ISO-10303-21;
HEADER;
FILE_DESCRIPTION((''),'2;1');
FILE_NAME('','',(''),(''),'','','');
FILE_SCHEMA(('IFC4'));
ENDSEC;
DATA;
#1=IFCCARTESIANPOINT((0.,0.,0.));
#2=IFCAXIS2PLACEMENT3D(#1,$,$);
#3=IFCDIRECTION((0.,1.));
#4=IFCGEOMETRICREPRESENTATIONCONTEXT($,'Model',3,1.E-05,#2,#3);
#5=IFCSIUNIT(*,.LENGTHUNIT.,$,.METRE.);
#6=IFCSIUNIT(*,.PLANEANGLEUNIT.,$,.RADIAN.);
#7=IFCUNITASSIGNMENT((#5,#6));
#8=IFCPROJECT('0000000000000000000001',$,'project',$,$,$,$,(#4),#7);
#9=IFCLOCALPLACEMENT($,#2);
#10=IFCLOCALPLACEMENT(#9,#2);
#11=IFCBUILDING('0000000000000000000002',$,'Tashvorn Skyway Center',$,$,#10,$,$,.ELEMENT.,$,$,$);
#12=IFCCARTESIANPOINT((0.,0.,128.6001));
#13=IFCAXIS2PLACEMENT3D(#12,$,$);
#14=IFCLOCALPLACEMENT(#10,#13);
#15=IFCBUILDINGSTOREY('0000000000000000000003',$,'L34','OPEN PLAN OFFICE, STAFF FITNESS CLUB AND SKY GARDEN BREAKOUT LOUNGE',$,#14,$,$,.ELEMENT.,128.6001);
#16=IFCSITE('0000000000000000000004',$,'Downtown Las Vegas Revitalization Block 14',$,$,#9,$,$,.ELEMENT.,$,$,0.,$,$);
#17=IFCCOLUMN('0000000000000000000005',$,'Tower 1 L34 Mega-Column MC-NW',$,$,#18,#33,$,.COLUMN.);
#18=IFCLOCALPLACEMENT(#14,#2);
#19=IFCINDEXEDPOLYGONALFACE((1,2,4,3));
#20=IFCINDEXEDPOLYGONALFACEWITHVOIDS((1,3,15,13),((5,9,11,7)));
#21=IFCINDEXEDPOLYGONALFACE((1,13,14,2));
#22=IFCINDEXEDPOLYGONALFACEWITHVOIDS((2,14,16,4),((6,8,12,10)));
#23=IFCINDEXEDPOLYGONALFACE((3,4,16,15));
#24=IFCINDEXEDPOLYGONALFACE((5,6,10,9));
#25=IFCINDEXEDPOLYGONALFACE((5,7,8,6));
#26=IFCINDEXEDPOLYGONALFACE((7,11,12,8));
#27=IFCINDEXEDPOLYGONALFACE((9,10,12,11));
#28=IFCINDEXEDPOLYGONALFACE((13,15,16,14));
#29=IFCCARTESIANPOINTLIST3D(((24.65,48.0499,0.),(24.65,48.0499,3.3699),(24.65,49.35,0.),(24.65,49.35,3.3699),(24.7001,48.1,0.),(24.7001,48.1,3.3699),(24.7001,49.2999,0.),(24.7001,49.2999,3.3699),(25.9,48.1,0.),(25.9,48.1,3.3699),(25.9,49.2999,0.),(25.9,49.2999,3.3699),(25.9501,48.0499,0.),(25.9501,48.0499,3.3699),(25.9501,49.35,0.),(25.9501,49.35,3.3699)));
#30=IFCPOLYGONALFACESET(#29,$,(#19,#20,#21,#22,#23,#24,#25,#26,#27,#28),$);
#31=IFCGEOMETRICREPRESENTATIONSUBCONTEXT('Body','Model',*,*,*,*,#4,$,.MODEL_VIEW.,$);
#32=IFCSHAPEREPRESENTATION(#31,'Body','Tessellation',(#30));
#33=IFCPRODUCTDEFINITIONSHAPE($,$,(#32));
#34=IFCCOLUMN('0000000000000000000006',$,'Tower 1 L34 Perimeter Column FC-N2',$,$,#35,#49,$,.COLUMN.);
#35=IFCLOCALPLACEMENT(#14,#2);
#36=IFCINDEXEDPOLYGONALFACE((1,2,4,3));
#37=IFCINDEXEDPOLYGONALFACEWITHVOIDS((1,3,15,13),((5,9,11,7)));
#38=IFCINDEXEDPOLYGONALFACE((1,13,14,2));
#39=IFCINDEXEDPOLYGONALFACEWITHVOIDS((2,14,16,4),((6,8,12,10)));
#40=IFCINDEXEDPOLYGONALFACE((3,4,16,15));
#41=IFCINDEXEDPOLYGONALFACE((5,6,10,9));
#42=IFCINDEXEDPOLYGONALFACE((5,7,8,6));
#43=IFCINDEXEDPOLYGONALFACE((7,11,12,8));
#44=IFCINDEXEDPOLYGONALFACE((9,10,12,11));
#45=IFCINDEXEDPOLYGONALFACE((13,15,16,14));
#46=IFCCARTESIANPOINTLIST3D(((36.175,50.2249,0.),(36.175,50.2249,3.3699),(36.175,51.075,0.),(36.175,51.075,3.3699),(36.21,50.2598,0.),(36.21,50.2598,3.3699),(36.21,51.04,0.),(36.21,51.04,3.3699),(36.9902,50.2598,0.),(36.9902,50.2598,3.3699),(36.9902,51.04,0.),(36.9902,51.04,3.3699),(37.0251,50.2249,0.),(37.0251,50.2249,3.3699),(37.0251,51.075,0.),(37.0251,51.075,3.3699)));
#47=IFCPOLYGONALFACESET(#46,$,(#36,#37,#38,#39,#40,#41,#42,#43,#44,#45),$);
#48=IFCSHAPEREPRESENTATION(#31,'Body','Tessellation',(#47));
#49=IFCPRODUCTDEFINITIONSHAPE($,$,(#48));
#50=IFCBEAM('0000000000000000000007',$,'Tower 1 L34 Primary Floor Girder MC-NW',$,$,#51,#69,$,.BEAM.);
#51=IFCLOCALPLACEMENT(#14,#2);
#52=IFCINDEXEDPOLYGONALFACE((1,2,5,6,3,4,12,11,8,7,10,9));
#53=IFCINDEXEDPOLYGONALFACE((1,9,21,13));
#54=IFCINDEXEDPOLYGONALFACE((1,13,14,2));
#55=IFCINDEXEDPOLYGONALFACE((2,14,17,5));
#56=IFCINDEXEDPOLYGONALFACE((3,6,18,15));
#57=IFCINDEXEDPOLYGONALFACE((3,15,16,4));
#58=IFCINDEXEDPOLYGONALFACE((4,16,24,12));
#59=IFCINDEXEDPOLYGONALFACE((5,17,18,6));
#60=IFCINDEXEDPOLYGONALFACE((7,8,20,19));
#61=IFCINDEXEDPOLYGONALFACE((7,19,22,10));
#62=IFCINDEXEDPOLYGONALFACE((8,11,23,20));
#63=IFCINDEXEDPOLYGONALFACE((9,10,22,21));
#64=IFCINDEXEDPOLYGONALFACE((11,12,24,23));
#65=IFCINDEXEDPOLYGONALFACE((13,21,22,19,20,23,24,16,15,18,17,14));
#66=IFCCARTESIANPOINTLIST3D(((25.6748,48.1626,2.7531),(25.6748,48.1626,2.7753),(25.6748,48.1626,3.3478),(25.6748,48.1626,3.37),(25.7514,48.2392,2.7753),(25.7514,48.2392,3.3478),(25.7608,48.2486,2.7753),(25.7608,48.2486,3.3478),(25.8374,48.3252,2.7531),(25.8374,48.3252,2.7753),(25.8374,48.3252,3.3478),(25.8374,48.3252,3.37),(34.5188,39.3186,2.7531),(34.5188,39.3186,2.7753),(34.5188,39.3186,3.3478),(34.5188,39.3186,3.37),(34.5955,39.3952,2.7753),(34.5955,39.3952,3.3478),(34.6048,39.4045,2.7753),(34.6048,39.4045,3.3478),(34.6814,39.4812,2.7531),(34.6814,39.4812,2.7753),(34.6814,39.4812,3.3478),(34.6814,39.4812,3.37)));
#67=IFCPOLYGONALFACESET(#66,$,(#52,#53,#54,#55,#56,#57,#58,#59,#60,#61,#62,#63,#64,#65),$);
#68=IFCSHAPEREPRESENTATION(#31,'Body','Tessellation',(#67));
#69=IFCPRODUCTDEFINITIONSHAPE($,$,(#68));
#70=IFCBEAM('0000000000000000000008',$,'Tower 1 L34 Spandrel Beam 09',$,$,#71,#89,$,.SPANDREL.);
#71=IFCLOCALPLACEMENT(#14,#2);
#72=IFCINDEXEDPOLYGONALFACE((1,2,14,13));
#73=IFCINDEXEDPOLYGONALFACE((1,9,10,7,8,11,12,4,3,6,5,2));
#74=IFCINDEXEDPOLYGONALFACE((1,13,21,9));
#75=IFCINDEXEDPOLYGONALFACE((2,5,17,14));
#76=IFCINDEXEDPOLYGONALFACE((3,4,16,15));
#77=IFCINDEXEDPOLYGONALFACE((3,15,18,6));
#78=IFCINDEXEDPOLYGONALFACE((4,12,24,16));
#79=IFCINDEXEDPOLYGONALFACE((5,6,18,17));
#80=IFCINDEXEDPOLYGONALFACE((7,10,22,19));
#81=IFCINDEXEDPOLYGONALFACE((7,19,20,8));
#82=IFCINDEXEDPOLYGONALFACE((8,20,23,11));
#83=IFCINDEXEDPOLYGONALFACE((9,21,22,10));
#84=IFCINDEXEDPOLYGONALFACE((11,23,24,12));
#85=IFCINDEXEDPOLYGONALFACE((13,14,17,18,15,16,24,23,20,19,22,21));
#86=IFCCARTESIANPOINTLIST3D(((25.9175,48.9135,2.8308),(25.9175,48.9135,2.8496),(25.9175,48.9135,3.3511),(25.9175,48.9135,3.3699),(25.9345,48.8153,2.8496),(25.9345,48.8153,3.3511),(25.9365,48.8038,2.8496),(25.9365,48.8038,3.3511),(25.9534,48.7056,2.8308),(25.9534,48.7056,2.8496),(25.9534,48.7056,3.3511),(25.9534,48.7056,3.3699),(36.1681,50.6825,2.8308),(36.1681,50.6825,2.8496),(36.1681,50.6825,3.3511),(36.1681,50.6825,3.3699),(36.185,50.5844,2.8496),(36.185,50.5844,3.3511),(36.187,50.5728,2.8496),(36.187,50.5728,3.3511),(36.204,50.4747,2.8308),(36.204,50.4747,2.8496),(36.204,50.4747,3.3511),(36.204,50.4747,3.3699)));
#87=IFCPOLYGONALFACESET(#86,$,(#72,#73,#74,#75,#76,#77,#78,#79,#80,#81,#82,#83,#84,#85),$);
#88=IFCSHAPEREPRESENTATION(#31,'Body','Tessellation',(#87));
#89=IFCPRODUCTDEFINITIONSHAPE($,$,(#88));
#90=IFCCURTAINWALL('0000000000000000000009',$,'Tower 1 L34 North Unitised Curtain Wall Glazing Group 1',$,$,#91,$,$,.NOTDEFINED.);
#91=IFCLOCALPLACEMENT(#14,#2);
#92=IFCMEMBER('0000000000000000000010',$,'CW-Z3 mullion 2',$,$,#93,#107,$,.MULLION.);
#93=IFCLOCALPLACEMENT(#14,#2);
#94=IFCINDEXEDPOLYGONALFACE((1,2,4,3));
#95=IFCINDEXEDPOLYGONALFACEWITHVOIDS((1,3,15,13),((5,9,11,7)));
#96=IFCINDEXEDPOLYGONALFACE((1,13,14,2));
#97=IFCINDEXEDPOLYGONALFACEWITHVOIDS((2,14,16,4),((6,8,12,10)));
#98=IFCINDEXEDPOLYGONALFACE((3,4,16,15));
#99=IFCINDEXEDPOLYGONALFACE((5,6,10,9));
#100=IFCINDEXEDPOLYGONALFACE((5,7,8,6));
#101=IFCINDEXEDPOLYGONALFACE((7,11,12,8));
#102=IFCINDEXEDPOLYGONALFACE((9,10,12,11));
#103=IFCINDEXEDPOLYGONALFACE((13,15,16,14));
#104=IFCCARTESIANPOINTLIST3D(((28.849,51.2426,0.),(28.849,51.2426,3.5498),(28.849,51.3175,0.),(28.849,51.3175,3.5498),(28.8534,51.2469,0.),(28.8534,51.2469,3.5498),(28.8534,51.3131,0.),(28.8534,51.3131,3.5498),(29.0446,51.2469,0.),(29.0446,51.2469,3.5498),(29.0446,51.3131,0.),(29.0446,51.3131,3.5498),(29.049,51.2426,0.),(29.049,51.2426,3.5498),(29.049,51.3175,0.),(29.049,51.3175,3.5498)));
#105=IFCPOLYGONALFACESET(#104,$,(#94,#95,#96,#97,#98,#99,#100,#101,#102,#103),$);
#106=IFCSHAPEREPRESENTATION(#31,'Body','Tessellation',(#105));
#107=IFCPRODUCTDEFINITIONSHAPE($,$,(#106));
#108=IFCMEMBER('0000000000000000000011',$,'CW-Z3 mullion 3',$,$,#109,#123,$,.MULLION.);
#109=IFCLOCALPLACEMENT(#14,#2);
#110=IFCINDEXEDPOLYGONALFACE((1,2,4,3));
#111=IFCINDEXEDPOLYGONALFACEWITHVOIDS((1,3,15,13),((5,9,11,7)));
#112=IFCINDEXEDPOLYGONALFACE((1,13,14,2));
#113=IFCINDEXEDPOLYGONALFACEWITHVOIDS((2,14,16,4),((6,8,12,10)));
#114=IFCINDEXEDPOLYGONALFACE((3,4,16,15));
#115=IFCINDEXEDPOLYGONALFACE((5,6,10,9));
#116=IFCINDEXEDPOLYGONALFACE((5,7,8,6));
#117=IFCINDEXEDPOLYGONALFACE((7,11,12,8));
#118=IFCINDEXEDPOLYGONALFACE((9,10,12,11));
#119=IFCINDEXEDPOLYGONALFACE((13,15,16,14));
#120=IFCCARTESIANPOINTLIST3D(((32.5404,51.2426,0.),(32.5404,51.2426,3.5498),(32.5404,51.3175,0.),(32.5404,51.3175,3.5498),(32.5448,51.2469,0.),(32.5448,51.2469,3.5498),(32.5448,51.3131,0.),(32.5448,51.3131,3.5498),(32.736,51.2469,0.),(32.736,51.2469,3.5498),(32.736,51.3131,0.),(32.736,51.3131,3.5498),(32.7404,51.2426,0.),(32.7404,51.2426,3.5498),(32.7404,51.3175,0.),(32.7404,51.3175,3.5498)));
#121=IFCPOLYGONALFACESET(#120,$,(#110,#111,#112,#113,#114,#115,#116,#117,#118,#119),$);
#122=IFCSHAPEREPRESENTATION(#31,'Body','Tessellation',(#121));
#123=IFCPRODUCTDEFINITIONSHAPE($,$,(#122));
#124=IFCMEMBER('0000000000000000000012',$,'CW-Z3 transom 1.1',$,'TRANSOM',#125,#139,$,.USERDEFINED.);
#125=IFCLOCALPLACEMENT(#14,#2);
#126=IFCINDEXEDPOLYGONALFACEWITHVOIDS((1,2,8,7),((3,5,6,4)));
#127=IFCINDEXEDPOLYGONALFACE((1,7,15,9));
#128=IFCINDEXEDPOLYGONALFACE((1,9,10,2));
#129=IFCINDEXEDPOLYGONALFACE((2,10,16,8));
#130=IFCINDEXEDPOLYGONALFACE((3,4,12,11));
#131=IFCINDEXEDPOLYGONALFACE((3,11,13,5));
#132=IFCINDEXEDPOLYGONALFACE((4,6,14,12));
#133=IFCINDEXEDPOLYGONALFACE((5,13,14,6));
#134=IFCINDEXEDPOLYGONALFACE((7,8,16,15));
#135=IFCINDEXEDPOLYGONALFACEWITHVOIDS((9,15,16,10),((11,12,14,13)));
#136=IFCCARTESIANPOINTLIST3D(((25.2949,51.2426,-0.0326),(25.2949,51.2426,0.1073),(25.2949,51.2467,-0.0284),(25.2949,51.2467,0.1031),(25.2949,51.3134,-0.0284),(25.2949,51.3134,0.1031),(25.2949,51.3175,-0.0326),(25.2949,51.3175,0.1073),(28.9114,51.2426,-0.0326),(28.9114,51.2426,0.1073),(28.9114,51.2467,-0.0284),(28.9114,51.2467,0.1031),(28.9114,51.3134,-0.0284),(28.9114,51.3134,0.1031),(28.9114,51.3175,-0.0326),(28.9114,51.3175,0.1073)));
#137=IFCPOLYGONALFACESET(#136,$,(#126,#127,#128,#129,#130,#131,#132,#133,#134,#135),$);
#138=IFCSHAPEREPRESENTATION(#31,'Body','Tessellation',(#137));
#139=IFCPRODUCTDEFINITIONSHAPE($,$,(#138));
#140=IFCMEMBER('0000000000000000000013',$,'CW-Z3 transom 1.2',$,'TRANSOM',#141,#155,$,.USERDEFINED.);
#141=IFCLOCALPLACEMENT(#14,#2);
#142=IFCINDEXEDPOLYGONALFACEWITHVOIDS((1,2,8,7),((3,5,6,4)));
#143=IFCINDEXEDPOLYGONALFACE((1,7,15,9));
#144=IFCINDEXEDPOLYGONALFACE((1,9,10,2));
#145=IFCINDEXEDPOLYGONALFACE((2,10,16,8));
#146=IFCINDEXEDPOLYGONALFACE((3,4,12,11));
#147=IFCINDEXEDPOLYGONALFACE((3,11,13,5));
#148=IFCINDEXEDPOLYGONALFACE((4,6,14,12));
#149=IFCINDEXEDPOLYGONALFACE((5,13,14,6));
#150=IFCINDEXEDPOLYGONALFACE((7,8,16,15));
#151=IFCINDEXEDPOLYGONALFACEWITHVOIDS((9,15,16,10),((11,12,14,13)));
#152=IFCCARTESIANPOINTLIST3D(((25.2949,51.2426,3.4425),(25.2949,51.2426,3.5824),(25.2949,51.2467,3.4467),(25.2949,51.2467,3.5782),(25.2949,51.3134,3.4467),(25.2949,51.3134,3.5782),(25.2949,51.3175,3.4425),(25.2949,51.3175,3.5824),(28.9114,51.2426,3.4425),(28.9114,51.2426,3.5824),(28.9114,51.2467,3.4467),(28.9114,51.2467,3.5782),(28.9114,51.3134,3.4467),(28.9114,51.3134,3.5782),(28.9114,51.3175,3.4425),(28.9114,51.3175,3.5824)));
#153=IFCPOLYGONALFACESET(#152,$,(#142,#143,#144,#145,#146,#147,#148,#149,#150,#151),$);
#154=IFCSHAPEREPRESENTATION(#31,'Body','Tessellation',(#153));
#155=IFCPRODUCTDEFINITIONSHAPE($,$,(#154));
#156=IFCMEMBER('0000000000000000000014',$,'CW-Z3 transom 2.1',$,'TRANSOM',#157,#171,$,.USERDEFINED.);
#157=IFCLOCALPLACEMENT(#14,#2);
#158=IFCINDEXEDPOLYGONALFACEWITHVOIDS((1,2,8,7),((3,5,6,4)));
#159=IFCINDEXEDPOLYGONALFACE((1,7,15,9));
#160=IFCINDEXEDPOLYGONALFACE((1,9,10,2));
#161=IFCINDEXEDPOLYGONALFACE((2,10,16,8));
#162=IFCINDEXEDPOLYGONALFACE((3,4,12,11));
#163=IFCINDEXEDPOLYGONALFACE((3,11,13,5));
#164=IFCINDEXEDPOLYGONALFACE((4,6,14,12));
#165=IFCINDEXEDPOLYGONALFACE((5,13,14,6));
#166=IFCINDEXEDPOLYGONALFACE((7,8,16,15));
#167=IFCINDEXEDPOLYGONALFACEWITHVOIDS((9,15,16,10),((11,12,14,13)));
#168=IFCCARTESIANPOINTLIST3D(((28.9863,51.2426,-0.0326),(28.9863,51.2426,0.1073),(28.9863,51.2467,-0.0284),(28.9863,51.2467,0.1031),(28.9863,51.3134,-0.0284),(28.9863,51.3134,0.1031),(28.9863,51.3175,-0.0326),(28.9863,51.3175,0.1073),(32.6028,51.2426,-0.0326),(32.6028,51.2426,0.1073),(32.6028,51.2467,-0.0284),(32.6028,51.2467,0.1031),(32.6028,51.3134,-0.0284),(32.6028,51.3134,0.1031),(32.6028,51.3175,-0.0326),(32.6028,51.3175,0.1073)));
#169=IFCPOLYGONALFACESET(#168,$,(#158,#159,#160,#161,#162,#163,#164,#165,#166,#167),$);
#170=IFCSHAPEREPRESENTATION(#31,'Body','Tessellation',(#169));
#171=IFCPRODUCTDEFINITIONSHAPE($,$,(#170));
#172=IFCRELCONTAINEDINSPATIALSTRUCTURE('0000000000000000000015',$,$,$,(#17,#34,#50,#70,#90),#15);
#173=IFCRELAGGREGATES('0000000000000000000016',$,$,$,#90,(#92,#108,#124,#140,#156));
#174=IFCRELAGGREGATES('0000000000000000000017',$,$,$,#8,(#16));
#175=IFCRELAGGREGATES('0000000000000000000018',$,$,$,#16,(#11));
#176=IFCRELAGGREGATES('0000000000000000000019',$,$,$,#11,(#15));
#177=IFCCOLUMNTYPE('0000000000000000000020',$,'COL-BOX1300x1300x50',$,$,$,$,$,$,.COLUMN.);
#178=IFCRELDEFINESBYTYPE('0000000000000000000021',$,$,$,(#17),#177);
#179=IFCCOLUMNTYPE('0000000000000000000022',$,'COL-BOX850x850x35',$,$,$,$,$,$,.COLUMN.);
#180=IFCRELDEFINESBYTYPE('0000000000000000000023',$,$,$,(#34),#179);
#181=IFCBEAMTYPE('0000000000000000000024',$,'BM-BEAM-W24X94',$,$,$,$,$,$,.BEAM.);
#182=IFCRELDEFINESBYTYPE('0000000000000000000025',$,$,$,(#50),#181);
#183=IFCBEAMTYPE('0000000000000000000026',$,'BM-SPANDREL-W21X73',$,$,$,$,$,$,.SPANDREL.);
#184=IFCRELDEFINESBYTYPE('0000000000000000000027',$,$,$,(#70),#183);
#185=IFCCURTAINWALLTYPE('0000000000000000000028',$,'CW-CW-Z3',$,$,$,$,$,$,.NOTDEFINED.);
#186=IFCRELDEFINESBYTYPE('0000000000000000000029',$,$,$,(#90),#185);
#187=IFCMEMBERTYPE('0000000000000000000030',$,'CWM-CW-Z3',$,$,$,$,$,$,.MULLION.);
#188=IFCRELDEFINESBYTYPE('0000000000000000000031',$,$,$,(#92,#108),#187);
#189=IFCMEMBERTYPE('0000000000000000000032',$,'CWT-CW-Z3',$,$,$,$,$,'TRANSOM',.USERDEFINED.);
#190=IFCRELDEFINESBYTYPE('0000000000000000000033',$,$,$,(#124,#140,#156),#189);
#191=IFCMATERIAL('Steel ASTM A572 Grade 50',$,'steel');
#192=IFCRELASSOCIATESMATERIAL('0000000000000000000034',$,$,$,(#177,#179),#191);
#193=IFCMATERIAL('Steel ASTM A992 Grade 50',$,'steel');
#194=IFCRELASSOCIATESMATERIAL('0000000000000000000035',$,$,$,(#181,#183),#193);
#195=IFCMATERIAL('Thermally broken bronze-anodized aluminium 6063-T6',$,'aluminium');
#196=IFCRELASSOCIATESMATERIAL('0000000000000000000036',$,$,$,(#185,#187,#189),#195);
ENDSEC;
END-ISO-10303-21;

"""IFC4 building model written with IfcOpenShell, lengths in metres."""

from ifc_helpers import new_model, si_unit, direction, frame, origin, origin_2d, place, context, subcontext, project, spatial, hollow_rectangle, i_section, extrude, material, material_profile, profile_set, type_object, element, aggregate, save


model = new_model("IFC4")

# Units and contexts
model_context = context("Model", 3, precision=1e-05, world=origin(), true_north=direction((0.0, 1.0)))
body_context = subcontext(model_context, "Body", "Model", "MODEL_VIEW")
ifc_project = project(units=[si_unit("LENGTHUNIT", "METRE"), si_unit("PLANEANGLEUNIT", "RADIAN")], contexts=[model_context])

# Site, building, storey
site_placement = place(None, origin())
site = spatial("IfcSite", under=ifc_project, at=site_placement, Name="Downtown Las Vegas Revitalization Block 14", CompositionType="ELEMENT", RefElevation=0.0)
building_placement = place(site_placement, origin())
building = spatial("IfcBuilding", under=site, at=building_placement, Name="Tashvorn Skyway Center", CompositionType="ELEMENT")
storey_placement = place(building_placement, frame((0.0, 0.0, 128.6001)))
storey = spatial("IfcBuildingStorey", under=building, at=storey_placement, Name="L34", Description="OPEN PLAN OFFICE, STAFF FITNESS CLUB AND SKY GARDEN BREAKOUT LOUNGE", CompositionType="ELEMENT", Elevation=128.6001)

# Columns
ifc_material_1 = material(Name="Steel ASTM A572 Grade 50", Category="steel")
ifc_material_profile_1 = material_profile(ifc_material_1, hollow_rectangle(XDim=1.3, YDim=1.3, WallThickness=0.05, at=origin_2d()), Name="BOX1300x1300x50")
ifc_profile_set_1 = profile_set([ifc_material_profile_1], Name="Steel ASTM A572 Grade 50")
column_type_1 = type_object("IfcColumnType", Name="COL-BOX1300x1300x50", PredefinedType="COLUMN", material=ifc_profile_set_1)
column_1_placement = place(storey_placement, frame((25.3, 48.7, 0.0), z_axis=(0.0, 0.0, 1.0), x_axis=(1.0, 0.0, 0.0)))
element("IfcColumn", 1, at=column_1_placement, inside=storey, type_object=column_type_1, Name="Tower 1 L34 Mega-Column MC-NW", PredefinedType="COLUMN", context=body_context, shape_type="SweptSolid", body=[
    extrude(hollow_rectangle(XDim=1.3, YDim=1.3, WallThickness=0.05, at=origin_2d()), origin(), (0.0, 0.0, 1.0), 3.3699),
])
ifc_material_profile_2 = material_profile(ifc_material_1, hollow_rectangle(XDim=0.8501, YDim=0.8501, WallThickness=0.0349, at=origin_2d()), Name="BOX850x850x35")
ifc_profile_set_2 = profile_set([ifc_material_profile_2], Name="Steel ASTM A572 Grade 50")
column_type_2 = type_object("IfcColumnType", Name="COL-BOX850x850x35", PredefinedType="COLUMN", material=ifc_profile_set_2)
column_2_placement = place(storey_placement, frame((36.6001, 50.6499, 0.0), z_axis=(0.0, 0.0, 1.0), x_axis=(1.0, 0.0, 0.0)))
element("IfcColumn", 2, at=column_2_placement, inside=storey, type_object=column_type_2, Name="Tower 1 L34 Perimeter Column FC-N2", PredefinedType="COLUMN", context=body_context, shape_type="SweptSolid", body=[
    extrude(hollow_rectangle(XDim=0.8501, YDim=0.8501, WallThickness=0.0349, at=origin_2d()), origin(), (0.0, 0.0, 1.0), 3.3699),
])

# Beams
ifc_material_2 = material(Name="Steel ASTM A992 Grade 50", Category="steel")
ifc_material_profile_3 = material_profile(ifc_material_2, i_section(OverallWidth=0.23, OverallDepth=0.6169, WebThickness=0.0132, FlangeThickness=0.0222, at=origin_2d()), Name="W24X94")
ifc_profile_set_3 = profile_set([ifc_material_profile_3], Name="Steel ASTM A992 Grade 50")
beam_type_1 = type_object("IfcBeamType", Name="BM-BEAM-W24X94", PredefinedType="BEAM", material=ifc_profile_set_3)
beam_1_placement = place(storey_placement, frame((25.7561, 48.2439, 3.0615), z_axis=(0.707107, -0.707107, 0.0), x_axis=(0.707107, 0.707107, 0.0)))
element("IfcBeam", 3, at=beam_1_placement, inside=storey, type_object=beam_type_1, Name="Tower 1 L34 Primary Floor Girder MC-NW", PredefinedType="BEAM", context=body_context, shape_type="SweptSolid", body=[
    extrude(i_section(OverallWidth=0.23, OverallDepth=0.6169, WebThickness=0.0132, FlangeThickness=0.0222, at=origin_2d()), origin(), (0.0, 0.0, 1.0), 12.5073),
])
ifc_material_profile_4 = material_profile(ifc_material_2, i_section(OverallWidth=0.2109, OverallDepth=0.5391, WebThickness=0.0117, FlangeThickness=0.0188, at=origin_2d()), Name="W21X73")
ifc_profile_set_4 = profile_set([ifc_material_profile_4], Name="Steel ASTM A992 Grade 50")
beam_type_2 = type_object("IfcBeamType", Name="BM-SPANDREL-W21X73", PredefinedType="SPANDREL", material=ifc_profile_set_4)
beam_2_placement = place(storey_placement, frame((36.186, 50.5786, 3.1003), z_axis=(-0.985432, -0.170067, 0.0), x_axis=(0.170067, -0.985432, 0.0)))
element("IfcBeam", 4, at=beam_2_placement, inside=storey, type_object=beam_type_2, Name="Tower 1 L34 Spandrel Beam 09", PredefinedType="SPANDREL", context=body_context, shape_type="SweptSolid", body=[
    extrude(i_section(OverallWidth=0.2109, OverallDepth=0.5391, WebThickness=0.0117, FlangeThickness=0.0188, at=origin_2d()), origin(), (0.0, 0.0, 1.0), 10.4021),
])

# Curtain wall, members
ifc_material_3 = material(Name="Thermally broken bronze-anodized aluminium 6063-T6", Category="aluminium")
curtain_wall_type = type_object("IfcCurtainWallType", Name="CW-CW-Z3", PredefinedType="NOTDEFINED", material=ifc_material_3)
curtain_wall_placement = place(storey_placement, origin())
curtain_wall = element("IfcCurtainWall", 5, at=curtain_wall_placement, inside=storey, type_object=curtain_wall_type, Name="Tower 1 L34 North Unitised Curtain Wall Glazing Group 1", PredefinedType="NOTDEFINED")
ifc_material_profile_5 = material_profile(ifc_material_3, hollow_rectangle(XDim=0.075, YDim=0.2, WallThickness=0.0044, at=origin_2d()), Name="ALU-MULL-75x200")
ifc_profile_set_5 = profile_set([ifc_material_profile_5], Name="Thermally broken bronze-anodized aluminium 6063-T6")
member_type_1 = type_object("IfcMemberType", Name="CWM-CW-Z3", PredefinedType="MULLION", material=ifc_profile_set_5)
member_1_placement = place(storey_placement, frame((28.949, 51.28, 0.0), z_axis=(0.0, 0.0, 1.0), x_axis=(0.0, 1.0, 0.0)))
member_1 = element("IfcMember", 6, at=member_1_placement, type_object=member_type_1, Name="CW-Z3 mullion 2", PredefinedType="MULLION", context=body_context, shape_type="SweptSolid", body=[
    extrude(hollow_rectangle(XDim=0.075, YDim=0.2, WallThickness=0.0044, at=origin_2d()), origin(), (0.0, 0.0, 1.0), 3.5498),
])
member_2_placement = place(storey_placement, frame((32.6404, 51.28, 0.0), z_axis=(0.0, 0.0, 1.0), x_axis=(0.0, 1.0, 0.0)))
member_2 = element("IfcMember", 7, at=member_2_placement, type_object=member_type_1, Name="CW-Z3 mullion 3", PredefinedType="MULLION", context=body_context, shape_type="SweptSolid", body=[
    extrude(hollow_rectangle(XDim=0.075, YDim=0.2, WallThickness=0.0044, at=origin_2d()), origin(), (0.0, 0.0, 1.0), 3.5498),
])
ifc_material_profile_6 = material_profile(ifc_material_3, hollow_rectangle(XDim=0.075, YDim=0.1399, WallThickness=0.0042, at=origin_2d()), Name="ALU-TRAN-75x140")
ifc_profile_set_6 = profile_set([ifc_material_profile_6], Name="Thermally broken bronze-anodized aluminium 6063-T6")
member_type_2 = type_object("IfcMemberType", Name="CWT-CW-Z3", ElementType="TRANSOM", PredefinedType="USERDEFINED", material=ifc_profile_set_6)
member_3_placement = place(storey_placement, frame((25.2949, 51.28, 0.0374), z_axis=(1.0, 0.0, 0.0), x_axis=(0.0, 1.0, 0.0)))
member_3 = element("IfcMember", 8, at=member_3_placement, type_object=member_type_2, Name="CW-Z3 transom 1.1", ObjectType="TRANSOM", PredefinedType="USERDEFINED", context=body_context, shape_type="SweptSolid", body=[
    extrude(hollow_rectangle(XDim=0.075, YDim=0.1399, WallThickness=0.0042, at=origin_2d()), origin(), (0.0, 0.0, 1.0), 3.6165),
])
member_4_placement = place(storey_placement, frame((25.2949, 51.28, 3.5125), z_axis=(1.0, 0.0, 0.0), x_axis=(0.0, 1.0, 0.0)))
member_4 = element("IfcMember", 9, at=member_4_placement, type_object=member_type_2, Name="CW-Z3 transom 1.2", ObjectType="TRANSOM", PredefinedType="USERDEFINED", context=body_context, shape_type="SweptSolid", body=[
    extrude(hollow_rectangle(XDim=0.075, YDim=0.1399, WallThickness=0.0042, at=origin_2d()), origin(), (0.0, 0.0, 1.0), 3.6165),
])
member_5_placement = place(storey_placement, frame((28.9863, 51.28, 0.0374), z_axis=(1.0, 0.0, 0.0), x_axis=(0.0, 1.0, 0.0)))
member_5 = element("IfcMember", 10, at=member_5_placement, type_object=member_type_2, Name="CW-Z3 transom 2.1", ObjectType="TRANSOM", PredefinedType="USERDEFINED", context=body_context, shape_type="SweptSolid", body=[
    extrude(hollow_rectangle(XDim=0.075, YDim=0.1399, WallThickness=0.0042, at=origin_2d()), origin(), (0.0, 0.0, 1.0), 3.6165),
])
aggregate(curtain_wall, [member_1, member_2, member_3, member_4, member_5])

save(model, "model.ifc")
